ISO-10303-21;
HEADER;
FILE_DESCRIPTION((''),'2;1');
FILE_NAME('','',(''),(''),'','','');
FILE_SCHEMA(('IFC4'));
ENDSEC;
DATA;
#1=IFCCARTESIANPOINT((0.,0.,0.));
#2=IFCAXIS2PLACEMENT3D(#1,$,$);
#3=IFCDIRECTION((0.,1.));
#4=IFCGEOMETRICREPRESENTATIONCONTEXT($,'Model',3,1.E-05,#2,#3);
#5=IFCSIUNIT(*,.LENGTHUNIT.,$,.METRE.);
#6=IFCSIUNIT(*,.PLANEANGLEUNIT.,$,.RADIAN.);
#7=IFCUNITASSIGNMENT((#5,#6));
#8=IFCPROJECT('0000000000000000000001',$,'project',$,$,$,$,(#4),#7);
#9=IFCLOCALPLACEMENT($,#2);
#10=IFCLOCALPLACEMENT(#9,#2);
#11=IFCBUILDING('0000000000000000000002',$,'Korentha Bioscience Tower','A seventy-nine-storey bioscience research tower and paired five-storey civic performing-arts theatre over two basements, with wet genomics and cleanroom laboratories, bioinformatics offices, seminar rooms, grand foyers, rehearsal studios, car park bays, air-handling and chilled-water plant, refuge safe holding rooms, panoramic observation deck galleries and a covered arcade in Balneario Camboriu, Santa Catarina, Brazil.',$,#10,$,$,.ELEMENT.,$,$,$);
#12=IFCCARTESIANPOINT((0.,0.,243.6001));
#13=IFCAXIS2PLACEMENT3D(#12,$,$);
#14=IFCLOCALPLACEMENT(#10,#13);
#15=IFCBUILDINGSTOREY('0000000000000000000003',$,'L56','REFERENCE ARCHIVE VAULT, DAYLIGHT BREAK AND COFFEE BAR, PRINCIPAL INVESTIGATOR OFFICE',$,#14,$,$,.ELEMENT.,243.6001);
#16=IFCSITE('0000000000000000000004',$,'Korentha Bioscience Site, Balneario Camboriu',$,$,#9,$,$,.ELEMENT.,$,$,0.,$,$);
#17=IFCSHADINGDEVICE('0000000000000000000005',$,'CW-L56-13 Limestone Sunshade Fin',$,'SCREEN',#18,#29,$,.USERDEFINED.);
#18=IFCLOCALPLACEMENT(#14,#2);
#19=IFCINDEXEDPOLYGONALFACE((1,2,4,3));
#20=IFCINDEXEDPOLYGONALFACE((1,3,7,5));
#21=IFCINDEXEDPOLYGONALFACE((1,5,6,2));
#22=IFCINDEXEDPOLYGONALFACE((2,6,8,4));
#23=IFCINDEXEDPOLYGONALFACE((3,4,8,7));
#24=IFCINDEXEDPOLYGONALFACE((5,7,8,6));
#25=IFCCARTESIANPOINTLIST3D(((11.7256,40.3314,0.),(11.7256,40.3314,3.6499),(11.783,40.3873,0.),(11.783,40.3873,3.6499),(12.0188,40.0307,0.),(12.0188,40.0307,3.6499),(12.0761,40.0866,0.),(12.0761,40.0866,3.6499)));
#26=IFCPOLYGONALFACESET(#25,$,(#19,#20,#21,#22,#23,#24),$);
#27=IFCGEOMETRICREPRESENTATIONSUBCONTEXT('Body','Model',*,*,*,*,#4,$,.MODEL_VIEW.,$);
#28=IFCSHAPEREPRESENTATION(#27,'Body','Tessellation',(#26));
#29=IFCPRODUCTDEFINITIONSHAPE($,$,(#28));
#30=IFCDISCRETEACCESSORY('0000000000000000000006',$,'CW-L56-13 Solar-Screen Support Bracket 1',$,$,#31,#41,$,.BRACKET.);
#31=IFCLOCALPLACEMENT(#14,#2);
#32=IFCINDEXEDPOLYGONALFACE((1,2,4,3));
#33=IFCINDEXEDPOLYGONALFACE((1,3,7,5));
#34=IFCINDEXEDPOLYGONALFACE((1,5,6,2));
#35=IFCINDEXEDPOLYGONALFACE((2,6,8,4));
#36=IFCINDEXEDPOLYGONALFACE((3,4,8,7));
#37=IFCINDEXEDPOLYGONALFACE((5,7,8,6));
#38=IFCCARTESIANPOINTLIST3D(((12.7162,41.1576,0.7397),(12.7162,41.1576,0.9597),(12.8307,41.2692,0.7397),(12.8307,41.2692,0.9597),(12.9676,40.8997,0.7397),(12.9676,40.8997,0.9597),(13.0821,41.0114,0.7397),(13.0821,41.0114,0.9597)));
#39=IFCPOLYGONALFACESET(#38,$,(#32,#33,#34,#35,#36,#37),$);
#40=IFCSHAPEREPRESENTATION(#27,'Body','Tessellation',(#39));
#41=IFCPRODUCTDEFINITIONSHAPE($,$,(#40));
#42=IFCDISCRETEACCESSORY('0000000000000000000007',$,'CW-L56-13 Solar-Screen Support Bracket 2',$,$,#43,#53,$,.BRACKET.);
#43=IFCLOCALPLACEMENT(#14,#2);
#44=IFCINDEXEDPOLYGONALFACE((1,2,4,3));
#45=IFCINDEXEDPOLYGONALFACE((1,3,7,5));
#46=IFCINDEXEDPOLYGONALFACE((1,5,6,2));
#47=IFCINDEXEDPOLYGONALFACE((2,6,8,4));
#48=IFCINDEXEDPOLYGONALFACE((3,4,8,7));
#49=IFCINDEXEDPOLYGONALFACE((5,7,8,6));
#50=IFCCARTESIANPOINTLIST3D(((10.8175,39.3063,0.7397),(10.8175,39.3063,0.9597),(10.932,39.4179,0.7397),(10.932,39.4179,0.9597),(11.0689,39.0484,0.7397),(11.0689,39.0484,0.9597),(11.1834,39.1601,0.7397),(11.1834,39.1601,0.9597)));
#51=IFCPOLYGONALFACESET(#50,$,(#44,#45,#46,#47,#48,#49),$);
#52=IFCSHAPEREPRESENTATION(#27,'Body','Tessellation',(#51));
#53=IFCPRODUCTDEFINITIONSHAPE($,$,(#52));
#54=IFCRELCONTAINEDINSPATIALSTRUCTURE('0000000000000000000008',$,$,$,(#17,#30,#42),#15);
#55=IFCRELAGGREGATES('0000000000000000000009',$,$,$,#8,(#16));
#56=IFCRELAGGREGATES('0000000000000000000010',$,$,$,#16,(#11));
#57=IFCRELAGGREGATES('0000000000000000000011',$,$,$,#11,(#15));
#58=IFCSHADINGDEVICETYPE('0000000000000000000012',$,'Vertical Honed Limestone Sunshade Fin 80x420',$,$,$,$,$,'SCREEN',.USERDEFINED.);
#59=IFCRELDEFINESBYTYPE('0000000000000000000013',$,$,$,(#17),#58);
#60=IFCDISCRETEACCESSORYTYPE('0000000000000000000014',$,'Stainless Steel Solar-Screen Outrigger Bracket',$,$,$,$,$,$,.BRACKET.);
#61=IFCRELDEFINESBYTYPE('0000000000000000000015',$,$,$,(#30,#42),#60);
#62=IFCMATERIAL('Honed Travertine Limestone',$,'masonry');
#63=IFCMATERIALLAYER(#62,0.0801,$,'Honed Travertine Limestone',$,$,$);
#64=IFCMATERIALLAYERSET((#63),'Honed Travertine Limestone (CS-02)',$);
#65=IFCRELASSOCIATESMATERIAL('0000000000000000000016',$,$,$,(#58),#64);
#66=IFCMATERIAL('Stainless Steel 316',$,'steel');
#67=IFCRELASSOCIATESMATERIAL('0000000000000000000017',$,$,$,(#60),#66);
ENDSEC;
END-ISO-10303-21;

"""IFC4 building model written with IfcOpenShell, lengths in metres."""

from ifc_helpers import new_model, si_unit, direction, frame, origin, origin_2d, place, context, subcontext, project, spatial, rectangle, extrude, material, layer, layer_set, type_object, element, save


model = new_model("IFC4")

# Units and contexts
model_context = context("Model", 3, precision=1e-05, world=origin(), true_north=direction((0.0, 1.0)))
body_context = subcontext(model_context, "Body", "Model", "MODEL_VIEW")
ifc_project = project(units=[si_unit("LENGTHUNIT", "METRE"), si_unit("PLANEANGLEUNIT", "RADIAN")], contexts=[model_context])

# Site, building, storey
site_placement = place(None, origin())
site = spatial("IfcSite", under=ifc_project, at=site_placement, Name="Korentha Bioscience Site, Balneario Camboriu", CompositionType="ELEMENT", RefElevation=0.0)
building_placement = place(site_placement, origin())
building = spatial("IfcBuilding", under=site, at=building_placement, Name="Korentha Bioscience Tower", Description="A seventy-nine-storey bioscience research tower and paired five-storey civic performing-arts theatre over two basements, with wet genomics and cleanroom laboratories, bioinformatics offices, seminar rooms, grand foyers, rehearsal studios, car park bays, air-handling and chilled-water plant, refuge safe holding rooms, panoramic observation deck galleries and a covered arcade in Balneario Camboriu, Santa Catarina, Brazil.", CompositionType="ELEMENT")
storey_placement = place(building_placement, frame((0.0, 0.0, 243.6001)))
storey = spatial("IfcBuildingStorey", under=building, at=storey_placement, Name="L56", Description="REFERENCE ARCHIVE VAULT, DAYLIGHT BREAK AND COFFEE BAR, PRINCIPAL INVESTIGATOR OFFICE", CompositionType="ELEMENT", Elevation=243.6001)

# Shading device
ifc_material_1 = material(Name="Honed Travertine Limestone", Category="masonry")
ifc_layer_1 = layer(ifc_material_1, 0.0801, Name="Honed Travertine Limestone")
ifc_layer_set_1 = layer_set([ifc_layer_1], Name="Honed Travertine Limestone (CS-02)")
shading_device_type_1 = type_object("IfcShadingDeviceType", Name="Vertical Honed Limestone Sunshade Fin 80x420", ElementType="SCREEN", PredefinedType="USERDEFINED", material=ifc_layer_set_1)
shading_device_1_placement = place(storey_placement, frame((11.9009, 40.209, 0.0), z_axis=(0.0, 0.0, 1.0), x_axis=(-0.715994, -0.698107, 0.0)))
element("IfcShadingDevice", 1, at=shading_device_1_placement, inside=storey, type_object=shading_device_type_1, Name="CW-L56-13 Limestone Sunshade Fin", ObjectType="SCREEN", PredefinedType="USERDEFINED", context=body_context, shape_type="SweptSolid", body=[
    extrude(rectangle(XDim=0.0801, YDim=0.4199, at=origin_2d()), origin(), (0.0, 0.0, 1.0), 3.6499),
])

# Discrete accessories
ifc_material_2 = material(Name="Stainless Steel 316", Category="steel")
discrete_accessory_type = type_object("IfcDiscreteAccessoryType", Name="Stainless Steel Solar-Screen Outrigger Bracket", PredefinedType="BRACKET", material=ifc_material_2)
for number, where, z_axis, x_axis, name in (
    (2, (12.8992, 41.0845, 0.7397), (0.0, 0.0, 1.0), (-0.715994, -0.698107, 0.0), "CW-L56-13 Solar-Screen Support Bracket 1"),
    (3, (11.0005, 39.2332, 0.7397), (0.0, 0.0, 1.0), (-0.715994, -0.698107, 0.0), "CW-L56-13 Solar-Screen Support Bracket 2"),
):
    element("IfcDiscreteAccessory", number, at=place(storey_placement, frame(where, z_axis=z_axis, x_axis=x_axis)), inside=storey, type_object=discrete_accessory_type, Name=name, PredefinedType="BRACKET", context=body_context, shape_type="SweptSolid", body=[
        extrude(rectangle(XDim=0.1599, YDim=0.3601, at=origin_2d()), origin(), (0.0, 0.0, 1.0), 0.22),
    ])

save(model, "model.ifc")
